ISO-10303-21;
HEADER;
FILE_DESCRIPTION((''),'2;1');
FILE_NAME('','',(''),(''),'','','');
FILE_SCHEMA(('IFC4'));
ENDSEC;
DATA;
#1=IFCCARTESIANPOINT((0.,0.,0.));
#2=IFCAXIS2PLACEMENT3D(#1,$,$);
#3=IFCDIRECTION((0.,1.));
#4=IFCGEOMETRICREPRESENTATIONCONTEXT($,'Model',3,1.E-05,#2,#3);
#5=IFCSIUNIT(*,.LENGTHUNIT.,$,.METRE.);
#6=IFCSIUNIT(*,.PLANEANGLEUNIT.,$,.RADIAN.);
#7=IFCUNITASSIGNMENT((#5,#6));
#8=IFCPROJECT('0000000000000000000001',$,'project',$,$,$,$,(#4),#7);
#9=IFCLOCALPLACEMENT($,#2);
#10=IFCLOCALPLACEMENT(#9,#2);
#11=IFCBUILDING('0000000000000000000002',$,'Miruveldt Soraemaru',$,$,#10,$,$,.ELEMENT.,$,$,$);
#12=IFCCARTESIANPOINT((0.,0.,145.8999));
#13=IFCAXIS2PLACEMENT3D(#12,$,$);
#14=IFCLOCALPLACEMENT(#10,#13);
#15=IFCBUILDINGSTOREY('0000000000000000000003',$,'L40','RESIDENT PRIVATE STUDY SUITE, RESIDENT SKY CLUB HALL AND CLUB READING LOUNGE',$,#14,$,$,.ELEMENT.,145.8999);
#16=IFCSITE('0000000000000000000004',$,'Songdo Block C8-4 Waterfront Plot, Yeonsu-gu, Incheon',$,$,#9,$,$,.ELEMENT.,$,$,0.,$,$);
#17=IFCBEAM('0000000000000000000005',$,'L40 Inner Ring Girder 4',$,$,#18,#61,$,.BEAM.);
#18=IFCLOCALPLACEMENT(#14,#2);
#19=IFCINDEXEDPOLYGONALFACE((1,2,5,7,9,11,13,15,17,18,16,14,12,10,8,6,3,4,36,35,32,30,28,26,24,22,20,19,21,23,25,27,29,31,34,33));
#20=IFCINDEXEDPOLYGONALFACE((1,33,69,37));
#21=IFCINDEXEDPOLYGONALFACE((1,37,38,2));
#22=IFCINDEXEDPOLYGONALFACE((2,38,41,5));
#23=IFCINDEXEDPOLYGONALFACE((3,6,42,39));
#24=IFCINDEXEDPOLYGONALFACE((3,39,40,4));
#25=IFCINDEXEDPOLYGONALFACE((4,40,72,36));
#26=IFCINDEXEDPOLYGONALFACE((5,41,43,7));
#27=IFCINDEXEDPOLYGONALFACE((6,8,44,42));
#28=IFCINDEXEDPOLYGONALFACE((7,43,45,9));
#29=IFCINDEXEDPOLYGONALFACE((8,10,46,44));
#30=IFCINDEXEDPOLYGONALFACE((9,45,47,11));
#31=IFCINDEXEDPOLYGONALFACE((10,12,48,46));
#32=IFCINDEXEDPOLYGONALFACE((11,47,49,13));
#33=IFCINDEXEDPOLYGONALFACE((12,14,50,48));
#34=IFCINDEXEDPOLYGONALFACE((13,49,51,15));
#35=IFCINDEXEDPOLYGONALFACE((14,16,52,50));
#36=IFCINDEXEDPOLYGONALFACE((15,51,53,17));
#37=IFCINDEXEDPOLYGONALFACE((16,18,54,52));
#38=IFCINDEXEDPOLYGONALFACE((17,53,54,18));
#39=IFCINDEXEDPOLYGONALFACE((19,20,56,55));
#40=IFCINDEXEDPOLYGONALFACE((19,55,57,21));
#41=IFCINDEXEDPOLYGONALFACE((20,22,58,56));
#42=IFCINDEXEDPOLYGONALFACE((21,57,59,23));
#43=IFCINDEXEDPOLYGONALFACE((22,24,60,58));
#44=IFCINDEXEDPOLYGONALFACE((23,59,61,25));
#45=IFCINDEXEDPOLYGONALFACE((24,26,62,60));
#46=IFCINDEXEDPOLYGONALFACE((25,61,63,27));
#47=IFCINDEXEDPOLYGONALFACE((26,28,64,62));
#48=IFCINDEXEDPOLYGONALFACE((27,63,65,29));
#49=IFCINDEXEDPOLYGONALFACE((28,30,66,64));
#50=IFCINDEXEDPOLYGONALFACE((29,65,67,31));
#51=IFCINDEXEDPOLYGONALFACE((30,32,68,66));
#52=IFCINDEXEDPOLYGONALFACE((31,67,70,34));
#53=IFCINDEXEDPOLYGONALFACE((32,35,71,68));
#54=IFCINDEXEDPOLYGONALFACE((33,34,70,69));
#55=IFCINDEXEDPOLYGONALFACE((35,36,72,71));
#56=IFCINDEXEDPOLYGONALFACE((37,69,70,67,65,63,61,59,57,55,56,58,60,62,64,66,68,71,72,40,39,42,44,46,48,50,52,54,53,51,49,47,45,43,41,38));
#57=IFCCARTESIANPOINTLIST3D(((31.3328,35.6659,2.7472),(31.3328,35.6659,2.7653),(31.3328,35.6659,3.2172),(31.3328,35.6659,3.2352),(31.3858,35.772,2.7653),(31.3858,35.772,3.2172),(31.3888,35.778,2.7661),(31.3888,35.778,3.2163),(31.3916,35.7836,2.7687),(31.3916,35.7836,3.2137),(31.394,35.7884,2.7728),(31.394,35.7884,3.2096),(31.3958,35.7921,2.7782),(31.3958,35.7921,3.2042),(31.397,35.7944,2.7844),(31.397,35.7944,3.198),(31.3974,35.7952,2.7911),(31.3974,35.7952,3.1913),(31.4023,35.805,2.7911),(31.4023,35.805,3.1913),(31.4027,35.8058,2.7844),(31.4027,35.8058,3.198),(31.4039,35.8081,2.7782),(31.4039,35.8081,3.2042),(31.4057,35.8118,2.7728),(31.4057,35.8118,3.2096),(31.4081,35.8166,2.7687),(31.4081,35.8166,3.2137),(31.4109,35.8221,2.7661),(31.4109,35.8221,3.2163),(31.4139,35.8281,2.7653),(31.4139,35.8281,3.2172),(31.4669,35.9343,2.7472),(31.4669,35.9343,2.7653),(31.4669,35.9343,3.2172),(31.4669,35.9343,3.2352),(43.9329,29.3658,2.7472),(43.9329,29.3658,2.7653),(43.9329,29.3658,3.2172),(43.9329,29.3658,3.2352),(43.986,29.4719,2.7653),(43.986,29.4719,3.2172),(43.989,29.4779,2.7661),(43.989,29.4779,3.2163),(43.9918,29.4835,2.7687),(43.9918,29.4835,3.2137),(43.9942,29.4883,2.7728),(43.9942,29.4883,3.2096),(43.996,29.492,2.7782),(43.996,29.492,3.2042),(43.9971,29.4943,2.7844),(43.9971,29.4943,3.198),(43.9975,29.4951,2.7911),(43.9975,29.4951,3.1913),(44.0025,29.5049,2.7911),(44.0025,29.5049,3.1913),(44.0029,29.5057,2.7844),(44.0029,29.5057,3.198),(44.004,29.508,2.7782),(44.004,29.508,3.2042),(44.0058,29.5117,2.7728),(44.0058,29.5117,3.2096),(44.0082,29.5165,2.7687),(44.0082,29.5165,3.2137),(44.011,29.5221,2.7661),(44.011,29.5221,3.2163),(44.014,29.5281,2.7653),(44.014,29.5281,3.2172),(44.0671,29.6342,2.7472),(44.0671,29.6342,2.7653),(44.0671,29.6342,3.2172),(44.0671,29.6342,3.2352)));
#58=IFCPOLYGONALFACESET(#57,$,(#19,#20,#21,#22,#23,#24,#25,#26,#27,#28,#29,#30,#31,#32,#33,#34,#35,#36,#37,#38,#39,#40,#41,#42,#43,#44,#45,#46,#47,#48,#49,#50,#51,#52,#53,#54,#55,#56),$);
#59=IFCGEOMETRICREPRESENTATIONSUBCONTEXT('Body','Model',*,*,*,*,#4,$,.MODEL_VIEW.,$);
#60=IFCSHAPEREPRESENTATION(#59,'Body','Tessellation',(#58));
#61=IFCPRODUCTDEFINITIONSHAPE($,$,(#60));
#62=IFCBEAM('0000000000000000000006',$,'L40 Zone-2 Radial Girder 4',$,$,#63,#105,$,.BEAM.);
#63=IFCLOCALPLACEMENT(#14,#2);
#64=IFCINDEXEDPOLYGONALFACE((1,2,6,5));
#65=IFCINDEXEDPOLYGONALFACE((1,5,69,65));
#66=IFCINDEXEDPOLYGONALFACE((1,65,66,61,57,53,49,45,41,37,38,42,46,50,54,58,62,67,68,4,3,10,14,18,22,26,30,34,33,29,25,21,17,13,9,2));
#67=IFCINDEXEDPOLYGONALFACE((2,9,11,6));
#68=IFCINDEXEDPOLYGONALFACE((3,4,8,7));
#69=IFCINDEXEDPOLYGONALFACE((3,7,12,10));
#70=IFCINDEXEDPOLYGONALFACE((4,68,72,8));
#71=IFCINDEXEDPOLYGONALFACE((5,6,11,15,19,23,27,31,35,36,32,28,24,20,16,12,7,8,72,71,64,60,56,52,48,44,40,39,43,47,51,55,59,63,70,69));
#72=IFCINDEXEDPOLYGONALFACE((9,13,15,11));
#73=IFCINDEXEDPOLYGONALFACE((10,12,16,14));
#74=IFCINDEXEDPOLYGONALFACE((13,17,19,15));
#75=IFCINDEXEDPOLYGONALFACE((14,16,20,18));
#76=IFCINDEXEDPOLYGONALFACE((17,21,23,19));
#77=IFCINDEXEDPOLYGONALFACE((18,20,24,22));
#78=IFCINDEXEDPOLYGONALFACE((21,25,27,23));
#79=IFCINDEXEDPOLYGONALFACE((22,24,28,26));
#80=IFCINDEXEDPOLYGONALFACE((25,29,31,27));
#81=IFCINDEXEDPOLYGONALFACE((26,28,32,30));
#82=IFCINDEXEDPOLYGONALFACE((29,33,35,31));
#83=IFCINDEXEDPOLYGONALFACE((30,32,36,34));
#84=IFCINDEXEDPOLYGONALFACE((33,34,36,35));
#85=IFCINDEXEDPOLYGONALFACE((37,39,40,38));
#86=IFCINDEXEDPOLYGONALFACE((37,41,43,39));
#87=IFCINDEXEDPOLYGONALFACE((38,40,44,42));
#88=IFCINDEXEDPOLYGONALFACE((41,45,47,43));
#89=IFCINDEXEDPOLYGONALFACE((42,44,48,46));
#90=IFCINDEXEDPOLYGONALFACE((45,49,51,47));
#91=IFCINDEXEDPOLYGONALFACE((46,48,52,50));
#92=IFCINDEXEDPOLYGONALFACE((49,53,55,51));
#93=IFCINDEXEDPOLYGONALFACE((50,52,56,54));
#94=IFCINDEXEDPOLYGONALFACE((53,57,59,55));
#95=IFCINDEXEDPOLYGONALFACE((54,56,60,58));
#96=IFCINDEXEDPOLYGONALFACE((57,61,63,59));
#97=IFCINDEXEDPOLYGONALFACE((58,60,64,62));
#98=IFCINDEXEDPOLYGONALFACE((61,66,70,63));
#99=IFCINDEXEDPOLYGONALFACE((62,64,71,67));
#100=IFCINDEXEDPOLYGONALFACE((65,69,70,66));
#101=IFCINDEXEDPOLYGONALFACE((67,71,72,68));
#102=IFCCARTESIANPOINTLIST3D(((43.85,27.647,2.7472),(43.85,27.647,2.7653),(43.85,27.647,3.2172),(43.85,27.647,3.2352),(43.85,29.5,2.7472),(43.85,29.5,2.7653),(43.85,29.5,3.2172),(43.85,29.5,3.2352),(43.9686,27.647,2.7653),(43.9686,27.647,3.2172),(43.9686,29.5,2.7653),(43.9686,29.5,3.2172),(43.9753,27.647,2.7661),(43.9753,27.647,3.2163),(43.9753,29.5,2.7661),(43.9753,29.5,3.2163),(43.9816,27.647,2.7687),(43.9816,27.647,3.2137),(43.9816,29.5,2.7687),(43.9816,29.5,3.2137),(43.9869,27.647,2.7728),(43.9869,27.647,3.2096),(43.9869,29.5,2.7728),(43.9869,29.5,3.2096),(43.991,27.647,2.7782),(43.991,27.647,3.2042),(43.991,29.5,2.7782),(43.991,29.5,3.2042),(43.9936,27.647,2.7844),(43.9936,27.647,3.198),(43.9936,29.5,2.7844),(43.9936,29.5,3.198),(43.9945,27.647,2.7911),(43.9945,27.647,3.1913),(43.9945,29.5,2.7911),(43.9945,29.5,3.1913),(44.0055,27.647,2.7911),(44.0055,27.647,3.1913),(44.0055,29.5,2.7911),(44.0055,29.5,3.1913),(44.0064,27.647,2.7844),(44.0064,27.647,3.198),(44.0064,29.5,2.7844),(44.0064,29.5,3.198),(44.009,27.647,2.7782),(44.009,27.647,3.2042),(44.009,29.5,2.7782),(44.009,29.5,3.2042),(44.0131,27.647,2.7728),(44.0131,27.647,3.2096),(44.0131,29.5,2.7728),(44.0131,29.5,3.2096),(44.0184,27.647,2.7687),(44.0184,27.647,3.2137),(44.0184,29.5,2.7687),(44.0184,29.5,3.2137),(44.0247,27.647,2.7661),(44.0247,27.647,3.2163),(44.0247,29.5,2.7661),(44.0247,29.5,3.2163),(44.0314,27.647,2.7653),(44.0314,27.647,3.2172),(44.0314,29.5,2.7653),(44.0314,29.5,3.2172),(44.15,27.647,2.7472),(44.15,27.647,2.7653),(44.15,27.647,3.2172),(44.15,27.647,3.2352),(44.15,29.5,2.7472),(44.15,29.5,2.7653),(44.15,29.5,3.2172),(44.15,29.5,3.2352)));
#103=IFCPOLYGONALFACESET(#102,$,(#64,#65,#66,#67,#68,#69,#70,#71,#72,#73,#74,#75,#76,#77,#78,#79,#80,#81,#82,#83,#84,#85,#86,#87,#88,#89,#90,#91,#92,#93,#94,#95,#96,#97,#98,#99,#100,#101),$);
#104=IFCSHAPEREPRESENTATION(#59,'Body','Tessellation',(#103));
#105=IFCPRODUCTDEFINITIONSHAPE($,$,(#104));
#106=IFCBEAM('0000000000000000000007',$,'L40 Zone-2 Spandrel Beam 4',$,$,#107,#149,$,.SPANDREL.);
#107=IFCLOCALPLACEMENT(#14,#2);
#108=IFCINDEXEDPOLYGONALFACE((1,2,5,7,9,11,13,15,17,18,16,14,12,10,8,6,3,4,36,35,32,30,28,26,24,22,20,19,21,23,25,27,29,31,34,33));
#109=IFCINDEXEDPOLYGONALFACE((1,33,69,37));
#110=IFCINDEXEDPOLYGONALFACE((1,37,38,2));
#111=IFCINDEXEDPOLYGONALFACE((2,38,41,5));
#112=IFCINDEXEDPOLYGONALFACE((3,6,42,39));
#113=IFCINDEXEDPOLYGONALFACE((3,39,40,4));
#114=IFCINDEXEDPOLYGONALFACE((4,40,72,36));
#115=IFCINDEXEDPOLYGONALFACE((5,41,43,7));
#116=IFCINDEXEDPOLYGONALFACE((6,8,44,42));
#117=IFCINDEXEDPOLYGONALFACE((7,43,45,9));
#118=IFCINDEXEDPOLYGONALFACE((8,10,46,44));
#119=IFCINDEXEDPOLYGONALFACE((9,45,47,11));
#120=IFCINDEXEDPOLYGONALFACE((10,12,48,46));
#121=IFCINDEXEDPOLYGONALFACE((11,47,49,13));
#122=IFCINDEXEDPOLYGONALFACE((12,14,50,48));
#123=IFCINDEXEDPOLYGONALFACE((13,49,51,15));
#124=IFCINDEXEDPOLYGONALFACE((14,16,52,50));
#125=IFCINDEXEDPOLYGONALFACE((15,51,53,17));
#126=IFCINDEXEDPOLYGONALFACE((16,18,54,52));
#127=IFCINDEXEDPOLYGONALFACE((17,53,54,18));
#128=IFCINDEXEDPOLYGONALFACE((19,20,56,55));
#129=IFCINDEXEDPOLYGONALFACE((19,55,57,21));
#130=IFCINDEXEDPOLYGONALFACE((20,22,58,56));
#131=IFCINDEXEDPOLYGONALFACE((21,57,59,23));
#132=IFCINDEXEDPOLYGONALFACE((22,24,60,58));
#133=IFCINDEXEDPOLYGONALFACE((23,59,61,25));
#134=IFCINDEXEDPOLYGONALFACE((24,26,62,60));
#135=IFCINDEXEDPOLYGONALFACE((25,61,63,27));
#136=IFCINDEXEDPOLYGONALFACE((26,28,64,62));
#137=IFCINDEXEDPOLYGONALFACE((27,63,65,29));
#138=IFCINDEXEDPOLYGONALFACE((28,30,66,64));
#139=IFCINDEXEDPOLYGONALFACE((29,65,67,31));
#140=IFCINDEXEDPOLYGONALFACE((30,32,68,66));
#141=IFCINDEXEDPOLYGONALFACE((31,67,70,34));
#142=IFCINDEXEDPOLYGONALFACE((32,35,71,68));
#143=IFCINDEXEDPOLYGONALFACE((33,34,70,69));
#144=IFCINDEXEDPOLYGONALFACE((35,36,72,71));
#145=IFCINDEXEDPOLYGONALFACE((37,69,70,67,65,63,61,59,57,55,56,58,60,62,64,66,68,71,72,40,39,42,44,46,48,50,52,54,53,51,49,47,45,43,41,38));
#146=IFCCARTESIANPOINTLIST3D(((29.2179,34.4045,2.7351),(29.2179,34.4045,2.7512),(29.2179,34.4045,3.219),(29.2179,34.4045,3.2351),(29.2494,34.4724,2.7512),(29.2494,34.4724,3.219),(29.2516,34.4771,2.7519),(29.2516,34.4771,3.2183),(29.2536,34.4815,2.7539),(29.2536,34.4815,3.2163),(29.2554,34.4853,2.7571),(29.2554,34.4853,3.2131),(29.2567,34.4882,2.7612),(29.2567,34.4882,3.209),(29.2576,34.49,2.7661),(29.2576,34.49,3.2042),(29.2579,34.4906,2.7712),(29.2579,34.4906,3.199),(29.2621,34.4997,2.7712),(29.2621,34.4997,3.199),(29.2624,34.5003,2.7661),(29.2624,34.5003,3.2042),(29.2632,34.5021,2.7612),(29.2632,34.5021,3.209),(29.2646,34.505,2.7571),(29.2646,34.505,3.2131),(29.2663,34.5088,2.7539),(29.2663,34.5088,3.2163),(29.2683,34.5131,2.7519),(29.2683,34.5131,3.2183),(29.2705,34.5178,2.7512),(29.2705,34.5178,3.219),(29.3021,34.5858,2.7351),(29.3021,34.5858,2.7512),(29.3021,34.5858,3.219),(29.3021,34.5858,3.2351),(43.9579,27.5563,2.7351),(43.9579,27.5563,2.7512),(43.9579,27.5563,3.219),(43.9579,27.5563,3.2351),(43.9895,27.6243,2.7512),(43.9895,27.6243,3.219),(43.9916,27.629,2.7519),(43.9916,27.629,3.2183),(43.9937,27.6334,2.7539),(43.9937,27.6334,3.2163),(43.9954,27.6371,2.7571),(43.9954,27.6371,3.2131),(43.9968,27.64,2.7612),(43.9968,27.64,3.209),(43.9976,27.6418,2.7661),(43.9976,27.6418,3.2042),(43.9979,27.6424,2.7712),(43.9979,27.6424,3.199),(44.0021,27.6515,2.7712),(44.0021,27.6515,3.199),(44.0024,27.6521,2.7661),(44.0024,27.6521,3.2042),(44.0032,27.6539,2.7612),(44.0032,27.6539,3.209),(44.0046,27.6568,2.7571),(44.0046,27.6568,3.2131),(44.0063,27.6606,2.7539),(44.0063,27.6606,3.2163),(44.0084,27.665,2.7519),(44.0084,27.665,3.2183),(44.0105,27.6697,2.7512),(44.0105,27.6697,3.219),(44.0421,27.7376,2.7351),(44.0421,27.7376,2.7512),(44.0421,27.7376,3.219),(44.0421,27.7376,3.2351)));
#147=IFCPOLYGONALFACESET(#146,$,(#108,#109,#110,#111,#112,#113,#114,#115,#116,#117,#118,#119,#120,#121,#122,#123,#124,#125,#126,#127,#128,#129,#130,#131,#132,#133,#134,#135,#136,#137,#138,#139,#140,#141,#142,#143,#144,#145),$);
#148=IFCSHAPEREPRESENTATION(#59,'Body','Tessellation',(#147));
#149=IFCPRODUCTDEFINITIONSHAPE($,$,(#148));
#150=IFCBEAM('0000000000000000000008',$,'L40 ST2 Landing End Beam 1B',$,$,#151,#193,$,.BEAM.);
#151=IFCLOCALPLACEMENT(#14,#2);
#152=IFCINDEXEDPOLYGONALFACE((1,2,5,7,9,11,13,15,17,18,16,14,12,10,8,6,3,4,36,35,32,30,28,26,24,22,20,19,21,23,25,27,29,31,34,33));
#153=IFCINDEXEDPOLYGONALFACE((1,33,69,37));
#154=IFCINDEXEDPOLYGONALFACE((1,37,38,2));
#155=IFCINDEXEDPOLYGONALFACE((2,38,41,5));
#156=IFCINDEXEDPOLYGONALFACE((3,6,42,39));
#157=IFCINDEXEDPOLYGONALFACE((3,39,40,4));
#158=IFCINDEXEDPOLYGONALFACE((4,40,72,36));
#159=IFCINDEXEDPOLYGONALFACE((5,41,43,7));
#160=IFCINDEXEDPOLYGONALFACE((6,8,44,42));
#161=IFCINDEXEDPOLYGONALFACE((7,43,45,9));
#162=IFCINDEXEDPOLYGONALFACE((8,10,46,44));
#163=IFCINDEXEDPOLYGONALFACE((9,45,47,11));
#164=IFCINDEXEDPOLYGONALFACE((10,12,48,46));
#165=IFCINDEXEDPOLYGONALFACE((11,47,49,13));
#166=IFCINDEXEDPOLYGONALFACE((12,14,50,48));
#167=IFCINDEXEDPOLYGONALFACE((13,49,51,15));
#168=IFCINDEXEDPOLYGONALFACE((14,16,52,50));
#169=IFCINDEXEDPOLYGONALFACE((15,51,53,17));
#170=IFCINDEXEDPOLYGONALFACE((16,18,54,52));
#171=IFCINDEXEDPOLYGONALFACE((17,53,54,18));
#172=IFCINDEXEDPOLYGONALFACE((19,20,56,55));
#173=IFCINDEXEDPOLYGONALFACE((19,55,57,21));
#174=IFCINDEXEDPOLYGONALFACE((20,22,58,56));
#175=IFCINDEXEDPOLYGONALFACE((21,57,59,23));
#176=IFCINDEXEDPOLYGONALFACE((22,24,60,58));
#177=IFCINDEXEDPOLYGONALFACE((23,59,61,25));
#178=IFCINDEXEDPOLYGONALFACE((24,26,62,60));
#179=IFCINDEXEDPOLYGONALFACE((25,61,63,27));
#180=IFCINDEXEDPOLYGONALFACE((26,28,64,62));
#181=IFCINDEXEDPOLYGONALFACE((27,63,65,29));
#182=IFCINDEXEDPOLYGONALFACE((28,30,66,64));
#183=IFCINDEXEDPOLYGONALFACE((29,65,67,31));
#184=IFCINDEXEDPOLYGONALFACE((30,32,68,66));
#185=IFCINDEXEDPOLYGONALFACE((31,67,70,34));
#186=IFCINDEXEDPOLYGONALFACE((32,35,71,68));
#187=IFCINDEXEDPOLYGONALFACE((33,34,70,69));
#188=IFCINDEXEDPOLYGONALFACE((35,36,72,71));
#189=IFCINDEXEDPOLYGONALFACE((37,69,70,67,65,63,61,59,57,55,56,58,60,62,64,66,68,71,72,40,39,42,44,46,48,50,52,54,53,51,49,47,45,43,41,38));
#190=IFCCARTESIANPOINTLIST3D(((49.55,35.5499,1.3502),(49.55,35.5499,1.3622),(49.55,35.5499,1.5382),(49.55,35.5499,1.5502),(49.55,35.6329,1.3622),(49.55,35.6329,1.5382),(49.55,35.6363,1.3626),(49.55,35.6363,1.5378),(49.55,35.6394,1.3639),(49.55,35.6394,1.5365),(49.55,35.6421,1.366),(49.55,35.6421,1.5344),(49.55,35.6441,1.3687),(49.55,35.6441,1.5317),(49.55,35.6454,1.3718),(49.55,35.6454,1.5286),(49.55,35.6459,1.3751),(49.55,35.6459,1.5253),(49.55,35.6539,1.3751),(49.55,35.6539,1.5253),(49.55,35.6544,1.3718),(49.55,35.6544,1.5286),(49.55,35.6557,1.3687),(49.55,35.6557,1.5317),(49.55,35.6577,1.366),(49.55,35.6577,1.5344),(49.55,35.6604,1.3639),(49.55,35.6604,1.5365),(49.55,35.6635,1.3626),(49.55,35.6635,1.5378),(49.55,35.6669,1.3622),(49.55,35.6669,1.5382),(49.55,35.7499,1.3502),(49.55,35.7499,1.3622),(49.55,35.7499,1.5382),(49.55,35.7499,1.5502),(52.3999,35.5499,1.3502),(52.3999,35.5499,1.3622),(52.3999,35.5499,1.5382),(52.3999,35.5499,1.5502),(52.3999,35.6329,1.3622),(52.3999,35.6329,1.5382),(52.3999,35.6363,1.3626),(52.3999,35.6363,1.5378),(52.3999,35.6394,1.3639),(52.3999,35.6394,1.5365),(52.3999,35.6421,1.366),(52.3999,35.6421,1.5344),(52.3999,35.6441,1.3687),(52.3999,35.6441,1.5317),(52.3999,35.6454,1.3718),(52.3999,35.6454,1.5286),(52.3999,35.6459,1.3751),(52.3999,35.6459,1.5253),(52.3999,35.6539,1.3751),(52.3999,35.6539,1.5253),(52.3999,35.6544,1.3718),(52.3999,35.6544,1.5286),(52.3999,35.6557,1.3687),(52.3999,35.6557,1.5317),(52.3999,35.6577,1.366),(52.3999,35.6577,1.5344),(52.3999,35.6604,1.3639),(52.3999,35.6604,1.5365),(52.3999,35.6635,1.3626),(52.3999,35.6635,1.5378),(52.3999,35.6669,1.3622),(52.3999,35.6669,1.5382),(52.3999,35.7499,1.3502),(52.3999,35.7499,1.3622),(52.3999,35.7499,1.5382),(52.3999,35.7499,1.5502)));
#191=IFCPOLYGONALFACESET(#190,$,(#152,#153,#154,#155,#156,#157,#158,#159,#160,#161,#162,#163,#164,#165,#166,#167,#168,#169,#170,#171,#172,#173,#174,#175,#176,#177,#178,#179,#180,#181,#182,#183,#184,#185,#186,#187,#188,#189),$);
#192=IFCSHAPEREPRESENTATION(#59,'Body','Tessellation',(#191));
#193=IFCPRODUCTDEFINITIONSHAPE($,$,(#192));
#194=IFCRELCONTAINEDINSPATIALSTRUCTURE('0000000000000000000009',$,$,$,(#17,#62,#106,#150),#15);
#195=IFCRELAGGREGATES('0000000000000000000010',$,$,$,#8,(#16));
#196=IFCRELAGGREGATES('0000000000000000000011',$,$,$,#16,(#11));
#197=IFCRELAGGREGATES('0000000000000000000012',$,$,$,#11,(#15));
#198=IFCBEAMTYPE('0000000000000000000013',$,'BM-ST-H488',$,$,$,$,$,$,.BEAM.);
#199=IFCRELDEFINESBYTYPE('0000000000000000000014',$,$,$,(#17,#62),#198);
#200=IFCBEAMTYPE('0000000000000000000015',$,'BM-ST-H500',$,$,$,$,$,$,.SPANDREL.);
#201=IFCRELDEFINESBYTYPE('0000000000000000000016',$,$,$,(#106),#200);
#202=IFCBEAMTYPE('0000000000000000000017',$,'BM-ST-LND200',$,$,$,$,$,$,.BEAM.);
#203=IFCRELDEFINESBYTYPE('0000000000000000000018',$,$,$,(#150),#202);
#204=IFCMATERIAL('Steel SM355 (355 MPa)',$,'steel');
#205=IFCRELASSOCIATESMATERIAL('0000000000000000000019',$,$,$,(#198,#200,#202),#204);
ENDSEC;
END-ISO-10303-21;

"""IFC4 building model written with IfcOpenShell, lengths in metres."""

from ifc_helpers import new_model, si_unit, direction, frame, origin, origin_2d, place, context, subcontext, project, spatial, i_section, extrude, material, material_profile, profile_set, type_object, element, save


model = new_model("IFC4")

# Units and contexts
model_context = context("Model", 3, precision=1e-05, world=origin(), true_north=direction((0.0, 1.0)))
body_context = subcontext(model_context, "Body", "Model", "MODEL_VIEW")
ifc_project = project(units=[si_unit("LENGTHUNIT", "METRE"), si_unit("PLANEANGLEUNIT", "RADIAN")], contexts=[model_context])

# Site, building, storey
site_placement = place(None, origin())
site = spatial("IfcSite", under=ifc_project, at=site_placement, Name="Songdo Block C8-4 Waterfront Plot, Yeonsu-gu, Incheon", CompositionType="ELEMENT", RefElevation=0.0)
building_placement = place(site_placement, origin())
building = spatial("IfcBuilding", under=site, at=building_placement, Name="Miruveldt Soraemaru", CompositionType="ELEMENT")
storey_placement = place(building_placement, frame((0.0, 0.0, 145.8999)))
storey = spatial("IfcBuildingStorey", under=building, at=storey_placement, Name="L40", Description="RESIDENT PRIVATE STUDY SUITE, RESIDENT SKY CLUB HALL AND CLUB READING LOUNGE", CompositionType="ELEMENT", Elevation=145.8999)

# Beams
ifc_material_1 = material(Name="Steel SM355 (355 MPa)", Category="steel")
ifc_material_profile_1 = material_profile(ifc_material_1, i_section(OverallWidth=0.3, OverallDepth=0.488, WebThickness=0.011, FlangeThickness=0.0181, FilletRadius=0.0259, at=origin_2d()), Name="Steel SM355 (355 MPa)", Category="steel")
ifc_profile_set_1 = profile_set([ifc_material_profile_1], Name="Steel SM355 (355 MPa)")
beam_type_1 = type_object("IfcBeamType", Name="BM-ST-H488", PredefinedType="BEAM", material=ifc_profile_set_1)
beam_1_placement = place(storey_placement, frame((44.0, 29.5, 2.9912), z_axis=(-0.894427, 0.447214, 0.0), x_axis=(-0.447214, -0.894427, 0.0)))
element("IfcBeam", 1, at=beam_1_placement, inside=storey, type_object=beam_type_1, Name="L40 Inner Ring Girder 4", PredefinedType="BEAM", context=body_context, shape_type="SweptSolid", body=[
    extrude(i_section(OverallWidth=0.3, OverallDepth=0.488, WebThickness=0.011, FlangeThickness=0.0181, FilletRadius=0.0259, at=origin_2d()), origin(), (0.0, 0.0, 1.0), 14.0874),
])
beam_2_placement = place(storey_placement, frame((44.0, 29.5, 2.9912), z_axis=(0.0, -1.0, 0.0), x_axis=(1.0, 0.0, 0.0)))
element("IfcBeam", 2, at=beam_2_placement, inside=storey, type_object=beam_type_1, Name="L40 Zone-2 Radial Girder 4", PredefinedType="BEAM", context=body_context, shape_type="SweptSolid", body=[
    extrude(i_section(OverallWidth=0.3, OverallDepth=0.488, WebThickness=0.011, FlangeThickness=0.0181, FilletRadius=0.0259, at=origin_2d()), origin(), (0.0, 0.0, 1.0), 1.853),
])
ifc_material_profile_2 = material_profile(ifc_material_1, i_section(OverallWidth=0.2, OverallDepth=0.5, WebThickness=0.01, FlangeThickness=0.0161, FilletRadius=0.02, at=origin_2d()), Name="Steel SM355 (355 MPa)", Category="steel")
ifc_profile_set_2 = profile_set([ifc_material_profile_2], Name="Steel SM355 (355 MPa)")
beam_type_2 = type_object("IfcBeamType", Name="BM-ST-H500", PredefinedType="SPANDREL", material=ifc_profile_set_2)
beam_3_placement = place(storey_placement, frame((44.0, 27.647, 2.9851), z_axis=(-0.906901, 0.421343, 0.0), x_axis=(-0.421343, -0.906901, 0.0)))
element("IfcBeam", 3, at=beam_3_placement, inside=storey, type_object=beam_type_2, Name="L40 Zone-2 Spandrel Beam 4", PredefinedType="SPANDREL", context=body_context, shape_type="SweptSolid", body=[
    extrude(i_section(OverallWidth=0.2, OverallDepth=0.5, WebThickness=0.01, FlangeThickness=0.0161, FilletRadius=0.02, at=origin_2d()), origin(), (0.0, 0.0, 1.0), 16.2532),
])
ifc_material_profile_3 = material_profile(ifc_material_1, i_section(OverallWidth=0.2, OverallDepth=0.2, WebThickness=0.0081, FlangeThickness=0.012, FilletRadius=0.0129, at=origin_2d()), Name="Steel SM355 (355 MPa)", Category="steel")
ifc_profile_set_3 = profile_set([ifc_material_profile_3], Name="Steel SM355 (355 MPa)")
beam_type_3 = type_object("IfcBeamType", Name="BM-ST-LND200", PredefinedType="BEAM", material=ifc_profile_set_3)
beam_4_placement = place(storey_placement, frame((49.55, 35.6499, 1.4502), z_axis=(1.0, 0.0, 0.0), x_axis=(0.0, 1.0, 0.0)))
element("IfcBeam", 4, at=beam_4_placement, inside=storey, type_object=beam_type_3, Name="L40 ST2 Landing End Beam 1B", PredefinedType="BEAM", context=body_context, shape_type="SweptSolid", body=[
    extrude(i_section(OverallWidth=0.2, OverallDepth=0.2, WebThickness=0.0081, FlangeThickness=0.012, FilletRadius=0.0129, at=origin_2d()), origin(), (0.0, 0.0, 1.0), 2.8499),
])

save(model, "model.ifc")
